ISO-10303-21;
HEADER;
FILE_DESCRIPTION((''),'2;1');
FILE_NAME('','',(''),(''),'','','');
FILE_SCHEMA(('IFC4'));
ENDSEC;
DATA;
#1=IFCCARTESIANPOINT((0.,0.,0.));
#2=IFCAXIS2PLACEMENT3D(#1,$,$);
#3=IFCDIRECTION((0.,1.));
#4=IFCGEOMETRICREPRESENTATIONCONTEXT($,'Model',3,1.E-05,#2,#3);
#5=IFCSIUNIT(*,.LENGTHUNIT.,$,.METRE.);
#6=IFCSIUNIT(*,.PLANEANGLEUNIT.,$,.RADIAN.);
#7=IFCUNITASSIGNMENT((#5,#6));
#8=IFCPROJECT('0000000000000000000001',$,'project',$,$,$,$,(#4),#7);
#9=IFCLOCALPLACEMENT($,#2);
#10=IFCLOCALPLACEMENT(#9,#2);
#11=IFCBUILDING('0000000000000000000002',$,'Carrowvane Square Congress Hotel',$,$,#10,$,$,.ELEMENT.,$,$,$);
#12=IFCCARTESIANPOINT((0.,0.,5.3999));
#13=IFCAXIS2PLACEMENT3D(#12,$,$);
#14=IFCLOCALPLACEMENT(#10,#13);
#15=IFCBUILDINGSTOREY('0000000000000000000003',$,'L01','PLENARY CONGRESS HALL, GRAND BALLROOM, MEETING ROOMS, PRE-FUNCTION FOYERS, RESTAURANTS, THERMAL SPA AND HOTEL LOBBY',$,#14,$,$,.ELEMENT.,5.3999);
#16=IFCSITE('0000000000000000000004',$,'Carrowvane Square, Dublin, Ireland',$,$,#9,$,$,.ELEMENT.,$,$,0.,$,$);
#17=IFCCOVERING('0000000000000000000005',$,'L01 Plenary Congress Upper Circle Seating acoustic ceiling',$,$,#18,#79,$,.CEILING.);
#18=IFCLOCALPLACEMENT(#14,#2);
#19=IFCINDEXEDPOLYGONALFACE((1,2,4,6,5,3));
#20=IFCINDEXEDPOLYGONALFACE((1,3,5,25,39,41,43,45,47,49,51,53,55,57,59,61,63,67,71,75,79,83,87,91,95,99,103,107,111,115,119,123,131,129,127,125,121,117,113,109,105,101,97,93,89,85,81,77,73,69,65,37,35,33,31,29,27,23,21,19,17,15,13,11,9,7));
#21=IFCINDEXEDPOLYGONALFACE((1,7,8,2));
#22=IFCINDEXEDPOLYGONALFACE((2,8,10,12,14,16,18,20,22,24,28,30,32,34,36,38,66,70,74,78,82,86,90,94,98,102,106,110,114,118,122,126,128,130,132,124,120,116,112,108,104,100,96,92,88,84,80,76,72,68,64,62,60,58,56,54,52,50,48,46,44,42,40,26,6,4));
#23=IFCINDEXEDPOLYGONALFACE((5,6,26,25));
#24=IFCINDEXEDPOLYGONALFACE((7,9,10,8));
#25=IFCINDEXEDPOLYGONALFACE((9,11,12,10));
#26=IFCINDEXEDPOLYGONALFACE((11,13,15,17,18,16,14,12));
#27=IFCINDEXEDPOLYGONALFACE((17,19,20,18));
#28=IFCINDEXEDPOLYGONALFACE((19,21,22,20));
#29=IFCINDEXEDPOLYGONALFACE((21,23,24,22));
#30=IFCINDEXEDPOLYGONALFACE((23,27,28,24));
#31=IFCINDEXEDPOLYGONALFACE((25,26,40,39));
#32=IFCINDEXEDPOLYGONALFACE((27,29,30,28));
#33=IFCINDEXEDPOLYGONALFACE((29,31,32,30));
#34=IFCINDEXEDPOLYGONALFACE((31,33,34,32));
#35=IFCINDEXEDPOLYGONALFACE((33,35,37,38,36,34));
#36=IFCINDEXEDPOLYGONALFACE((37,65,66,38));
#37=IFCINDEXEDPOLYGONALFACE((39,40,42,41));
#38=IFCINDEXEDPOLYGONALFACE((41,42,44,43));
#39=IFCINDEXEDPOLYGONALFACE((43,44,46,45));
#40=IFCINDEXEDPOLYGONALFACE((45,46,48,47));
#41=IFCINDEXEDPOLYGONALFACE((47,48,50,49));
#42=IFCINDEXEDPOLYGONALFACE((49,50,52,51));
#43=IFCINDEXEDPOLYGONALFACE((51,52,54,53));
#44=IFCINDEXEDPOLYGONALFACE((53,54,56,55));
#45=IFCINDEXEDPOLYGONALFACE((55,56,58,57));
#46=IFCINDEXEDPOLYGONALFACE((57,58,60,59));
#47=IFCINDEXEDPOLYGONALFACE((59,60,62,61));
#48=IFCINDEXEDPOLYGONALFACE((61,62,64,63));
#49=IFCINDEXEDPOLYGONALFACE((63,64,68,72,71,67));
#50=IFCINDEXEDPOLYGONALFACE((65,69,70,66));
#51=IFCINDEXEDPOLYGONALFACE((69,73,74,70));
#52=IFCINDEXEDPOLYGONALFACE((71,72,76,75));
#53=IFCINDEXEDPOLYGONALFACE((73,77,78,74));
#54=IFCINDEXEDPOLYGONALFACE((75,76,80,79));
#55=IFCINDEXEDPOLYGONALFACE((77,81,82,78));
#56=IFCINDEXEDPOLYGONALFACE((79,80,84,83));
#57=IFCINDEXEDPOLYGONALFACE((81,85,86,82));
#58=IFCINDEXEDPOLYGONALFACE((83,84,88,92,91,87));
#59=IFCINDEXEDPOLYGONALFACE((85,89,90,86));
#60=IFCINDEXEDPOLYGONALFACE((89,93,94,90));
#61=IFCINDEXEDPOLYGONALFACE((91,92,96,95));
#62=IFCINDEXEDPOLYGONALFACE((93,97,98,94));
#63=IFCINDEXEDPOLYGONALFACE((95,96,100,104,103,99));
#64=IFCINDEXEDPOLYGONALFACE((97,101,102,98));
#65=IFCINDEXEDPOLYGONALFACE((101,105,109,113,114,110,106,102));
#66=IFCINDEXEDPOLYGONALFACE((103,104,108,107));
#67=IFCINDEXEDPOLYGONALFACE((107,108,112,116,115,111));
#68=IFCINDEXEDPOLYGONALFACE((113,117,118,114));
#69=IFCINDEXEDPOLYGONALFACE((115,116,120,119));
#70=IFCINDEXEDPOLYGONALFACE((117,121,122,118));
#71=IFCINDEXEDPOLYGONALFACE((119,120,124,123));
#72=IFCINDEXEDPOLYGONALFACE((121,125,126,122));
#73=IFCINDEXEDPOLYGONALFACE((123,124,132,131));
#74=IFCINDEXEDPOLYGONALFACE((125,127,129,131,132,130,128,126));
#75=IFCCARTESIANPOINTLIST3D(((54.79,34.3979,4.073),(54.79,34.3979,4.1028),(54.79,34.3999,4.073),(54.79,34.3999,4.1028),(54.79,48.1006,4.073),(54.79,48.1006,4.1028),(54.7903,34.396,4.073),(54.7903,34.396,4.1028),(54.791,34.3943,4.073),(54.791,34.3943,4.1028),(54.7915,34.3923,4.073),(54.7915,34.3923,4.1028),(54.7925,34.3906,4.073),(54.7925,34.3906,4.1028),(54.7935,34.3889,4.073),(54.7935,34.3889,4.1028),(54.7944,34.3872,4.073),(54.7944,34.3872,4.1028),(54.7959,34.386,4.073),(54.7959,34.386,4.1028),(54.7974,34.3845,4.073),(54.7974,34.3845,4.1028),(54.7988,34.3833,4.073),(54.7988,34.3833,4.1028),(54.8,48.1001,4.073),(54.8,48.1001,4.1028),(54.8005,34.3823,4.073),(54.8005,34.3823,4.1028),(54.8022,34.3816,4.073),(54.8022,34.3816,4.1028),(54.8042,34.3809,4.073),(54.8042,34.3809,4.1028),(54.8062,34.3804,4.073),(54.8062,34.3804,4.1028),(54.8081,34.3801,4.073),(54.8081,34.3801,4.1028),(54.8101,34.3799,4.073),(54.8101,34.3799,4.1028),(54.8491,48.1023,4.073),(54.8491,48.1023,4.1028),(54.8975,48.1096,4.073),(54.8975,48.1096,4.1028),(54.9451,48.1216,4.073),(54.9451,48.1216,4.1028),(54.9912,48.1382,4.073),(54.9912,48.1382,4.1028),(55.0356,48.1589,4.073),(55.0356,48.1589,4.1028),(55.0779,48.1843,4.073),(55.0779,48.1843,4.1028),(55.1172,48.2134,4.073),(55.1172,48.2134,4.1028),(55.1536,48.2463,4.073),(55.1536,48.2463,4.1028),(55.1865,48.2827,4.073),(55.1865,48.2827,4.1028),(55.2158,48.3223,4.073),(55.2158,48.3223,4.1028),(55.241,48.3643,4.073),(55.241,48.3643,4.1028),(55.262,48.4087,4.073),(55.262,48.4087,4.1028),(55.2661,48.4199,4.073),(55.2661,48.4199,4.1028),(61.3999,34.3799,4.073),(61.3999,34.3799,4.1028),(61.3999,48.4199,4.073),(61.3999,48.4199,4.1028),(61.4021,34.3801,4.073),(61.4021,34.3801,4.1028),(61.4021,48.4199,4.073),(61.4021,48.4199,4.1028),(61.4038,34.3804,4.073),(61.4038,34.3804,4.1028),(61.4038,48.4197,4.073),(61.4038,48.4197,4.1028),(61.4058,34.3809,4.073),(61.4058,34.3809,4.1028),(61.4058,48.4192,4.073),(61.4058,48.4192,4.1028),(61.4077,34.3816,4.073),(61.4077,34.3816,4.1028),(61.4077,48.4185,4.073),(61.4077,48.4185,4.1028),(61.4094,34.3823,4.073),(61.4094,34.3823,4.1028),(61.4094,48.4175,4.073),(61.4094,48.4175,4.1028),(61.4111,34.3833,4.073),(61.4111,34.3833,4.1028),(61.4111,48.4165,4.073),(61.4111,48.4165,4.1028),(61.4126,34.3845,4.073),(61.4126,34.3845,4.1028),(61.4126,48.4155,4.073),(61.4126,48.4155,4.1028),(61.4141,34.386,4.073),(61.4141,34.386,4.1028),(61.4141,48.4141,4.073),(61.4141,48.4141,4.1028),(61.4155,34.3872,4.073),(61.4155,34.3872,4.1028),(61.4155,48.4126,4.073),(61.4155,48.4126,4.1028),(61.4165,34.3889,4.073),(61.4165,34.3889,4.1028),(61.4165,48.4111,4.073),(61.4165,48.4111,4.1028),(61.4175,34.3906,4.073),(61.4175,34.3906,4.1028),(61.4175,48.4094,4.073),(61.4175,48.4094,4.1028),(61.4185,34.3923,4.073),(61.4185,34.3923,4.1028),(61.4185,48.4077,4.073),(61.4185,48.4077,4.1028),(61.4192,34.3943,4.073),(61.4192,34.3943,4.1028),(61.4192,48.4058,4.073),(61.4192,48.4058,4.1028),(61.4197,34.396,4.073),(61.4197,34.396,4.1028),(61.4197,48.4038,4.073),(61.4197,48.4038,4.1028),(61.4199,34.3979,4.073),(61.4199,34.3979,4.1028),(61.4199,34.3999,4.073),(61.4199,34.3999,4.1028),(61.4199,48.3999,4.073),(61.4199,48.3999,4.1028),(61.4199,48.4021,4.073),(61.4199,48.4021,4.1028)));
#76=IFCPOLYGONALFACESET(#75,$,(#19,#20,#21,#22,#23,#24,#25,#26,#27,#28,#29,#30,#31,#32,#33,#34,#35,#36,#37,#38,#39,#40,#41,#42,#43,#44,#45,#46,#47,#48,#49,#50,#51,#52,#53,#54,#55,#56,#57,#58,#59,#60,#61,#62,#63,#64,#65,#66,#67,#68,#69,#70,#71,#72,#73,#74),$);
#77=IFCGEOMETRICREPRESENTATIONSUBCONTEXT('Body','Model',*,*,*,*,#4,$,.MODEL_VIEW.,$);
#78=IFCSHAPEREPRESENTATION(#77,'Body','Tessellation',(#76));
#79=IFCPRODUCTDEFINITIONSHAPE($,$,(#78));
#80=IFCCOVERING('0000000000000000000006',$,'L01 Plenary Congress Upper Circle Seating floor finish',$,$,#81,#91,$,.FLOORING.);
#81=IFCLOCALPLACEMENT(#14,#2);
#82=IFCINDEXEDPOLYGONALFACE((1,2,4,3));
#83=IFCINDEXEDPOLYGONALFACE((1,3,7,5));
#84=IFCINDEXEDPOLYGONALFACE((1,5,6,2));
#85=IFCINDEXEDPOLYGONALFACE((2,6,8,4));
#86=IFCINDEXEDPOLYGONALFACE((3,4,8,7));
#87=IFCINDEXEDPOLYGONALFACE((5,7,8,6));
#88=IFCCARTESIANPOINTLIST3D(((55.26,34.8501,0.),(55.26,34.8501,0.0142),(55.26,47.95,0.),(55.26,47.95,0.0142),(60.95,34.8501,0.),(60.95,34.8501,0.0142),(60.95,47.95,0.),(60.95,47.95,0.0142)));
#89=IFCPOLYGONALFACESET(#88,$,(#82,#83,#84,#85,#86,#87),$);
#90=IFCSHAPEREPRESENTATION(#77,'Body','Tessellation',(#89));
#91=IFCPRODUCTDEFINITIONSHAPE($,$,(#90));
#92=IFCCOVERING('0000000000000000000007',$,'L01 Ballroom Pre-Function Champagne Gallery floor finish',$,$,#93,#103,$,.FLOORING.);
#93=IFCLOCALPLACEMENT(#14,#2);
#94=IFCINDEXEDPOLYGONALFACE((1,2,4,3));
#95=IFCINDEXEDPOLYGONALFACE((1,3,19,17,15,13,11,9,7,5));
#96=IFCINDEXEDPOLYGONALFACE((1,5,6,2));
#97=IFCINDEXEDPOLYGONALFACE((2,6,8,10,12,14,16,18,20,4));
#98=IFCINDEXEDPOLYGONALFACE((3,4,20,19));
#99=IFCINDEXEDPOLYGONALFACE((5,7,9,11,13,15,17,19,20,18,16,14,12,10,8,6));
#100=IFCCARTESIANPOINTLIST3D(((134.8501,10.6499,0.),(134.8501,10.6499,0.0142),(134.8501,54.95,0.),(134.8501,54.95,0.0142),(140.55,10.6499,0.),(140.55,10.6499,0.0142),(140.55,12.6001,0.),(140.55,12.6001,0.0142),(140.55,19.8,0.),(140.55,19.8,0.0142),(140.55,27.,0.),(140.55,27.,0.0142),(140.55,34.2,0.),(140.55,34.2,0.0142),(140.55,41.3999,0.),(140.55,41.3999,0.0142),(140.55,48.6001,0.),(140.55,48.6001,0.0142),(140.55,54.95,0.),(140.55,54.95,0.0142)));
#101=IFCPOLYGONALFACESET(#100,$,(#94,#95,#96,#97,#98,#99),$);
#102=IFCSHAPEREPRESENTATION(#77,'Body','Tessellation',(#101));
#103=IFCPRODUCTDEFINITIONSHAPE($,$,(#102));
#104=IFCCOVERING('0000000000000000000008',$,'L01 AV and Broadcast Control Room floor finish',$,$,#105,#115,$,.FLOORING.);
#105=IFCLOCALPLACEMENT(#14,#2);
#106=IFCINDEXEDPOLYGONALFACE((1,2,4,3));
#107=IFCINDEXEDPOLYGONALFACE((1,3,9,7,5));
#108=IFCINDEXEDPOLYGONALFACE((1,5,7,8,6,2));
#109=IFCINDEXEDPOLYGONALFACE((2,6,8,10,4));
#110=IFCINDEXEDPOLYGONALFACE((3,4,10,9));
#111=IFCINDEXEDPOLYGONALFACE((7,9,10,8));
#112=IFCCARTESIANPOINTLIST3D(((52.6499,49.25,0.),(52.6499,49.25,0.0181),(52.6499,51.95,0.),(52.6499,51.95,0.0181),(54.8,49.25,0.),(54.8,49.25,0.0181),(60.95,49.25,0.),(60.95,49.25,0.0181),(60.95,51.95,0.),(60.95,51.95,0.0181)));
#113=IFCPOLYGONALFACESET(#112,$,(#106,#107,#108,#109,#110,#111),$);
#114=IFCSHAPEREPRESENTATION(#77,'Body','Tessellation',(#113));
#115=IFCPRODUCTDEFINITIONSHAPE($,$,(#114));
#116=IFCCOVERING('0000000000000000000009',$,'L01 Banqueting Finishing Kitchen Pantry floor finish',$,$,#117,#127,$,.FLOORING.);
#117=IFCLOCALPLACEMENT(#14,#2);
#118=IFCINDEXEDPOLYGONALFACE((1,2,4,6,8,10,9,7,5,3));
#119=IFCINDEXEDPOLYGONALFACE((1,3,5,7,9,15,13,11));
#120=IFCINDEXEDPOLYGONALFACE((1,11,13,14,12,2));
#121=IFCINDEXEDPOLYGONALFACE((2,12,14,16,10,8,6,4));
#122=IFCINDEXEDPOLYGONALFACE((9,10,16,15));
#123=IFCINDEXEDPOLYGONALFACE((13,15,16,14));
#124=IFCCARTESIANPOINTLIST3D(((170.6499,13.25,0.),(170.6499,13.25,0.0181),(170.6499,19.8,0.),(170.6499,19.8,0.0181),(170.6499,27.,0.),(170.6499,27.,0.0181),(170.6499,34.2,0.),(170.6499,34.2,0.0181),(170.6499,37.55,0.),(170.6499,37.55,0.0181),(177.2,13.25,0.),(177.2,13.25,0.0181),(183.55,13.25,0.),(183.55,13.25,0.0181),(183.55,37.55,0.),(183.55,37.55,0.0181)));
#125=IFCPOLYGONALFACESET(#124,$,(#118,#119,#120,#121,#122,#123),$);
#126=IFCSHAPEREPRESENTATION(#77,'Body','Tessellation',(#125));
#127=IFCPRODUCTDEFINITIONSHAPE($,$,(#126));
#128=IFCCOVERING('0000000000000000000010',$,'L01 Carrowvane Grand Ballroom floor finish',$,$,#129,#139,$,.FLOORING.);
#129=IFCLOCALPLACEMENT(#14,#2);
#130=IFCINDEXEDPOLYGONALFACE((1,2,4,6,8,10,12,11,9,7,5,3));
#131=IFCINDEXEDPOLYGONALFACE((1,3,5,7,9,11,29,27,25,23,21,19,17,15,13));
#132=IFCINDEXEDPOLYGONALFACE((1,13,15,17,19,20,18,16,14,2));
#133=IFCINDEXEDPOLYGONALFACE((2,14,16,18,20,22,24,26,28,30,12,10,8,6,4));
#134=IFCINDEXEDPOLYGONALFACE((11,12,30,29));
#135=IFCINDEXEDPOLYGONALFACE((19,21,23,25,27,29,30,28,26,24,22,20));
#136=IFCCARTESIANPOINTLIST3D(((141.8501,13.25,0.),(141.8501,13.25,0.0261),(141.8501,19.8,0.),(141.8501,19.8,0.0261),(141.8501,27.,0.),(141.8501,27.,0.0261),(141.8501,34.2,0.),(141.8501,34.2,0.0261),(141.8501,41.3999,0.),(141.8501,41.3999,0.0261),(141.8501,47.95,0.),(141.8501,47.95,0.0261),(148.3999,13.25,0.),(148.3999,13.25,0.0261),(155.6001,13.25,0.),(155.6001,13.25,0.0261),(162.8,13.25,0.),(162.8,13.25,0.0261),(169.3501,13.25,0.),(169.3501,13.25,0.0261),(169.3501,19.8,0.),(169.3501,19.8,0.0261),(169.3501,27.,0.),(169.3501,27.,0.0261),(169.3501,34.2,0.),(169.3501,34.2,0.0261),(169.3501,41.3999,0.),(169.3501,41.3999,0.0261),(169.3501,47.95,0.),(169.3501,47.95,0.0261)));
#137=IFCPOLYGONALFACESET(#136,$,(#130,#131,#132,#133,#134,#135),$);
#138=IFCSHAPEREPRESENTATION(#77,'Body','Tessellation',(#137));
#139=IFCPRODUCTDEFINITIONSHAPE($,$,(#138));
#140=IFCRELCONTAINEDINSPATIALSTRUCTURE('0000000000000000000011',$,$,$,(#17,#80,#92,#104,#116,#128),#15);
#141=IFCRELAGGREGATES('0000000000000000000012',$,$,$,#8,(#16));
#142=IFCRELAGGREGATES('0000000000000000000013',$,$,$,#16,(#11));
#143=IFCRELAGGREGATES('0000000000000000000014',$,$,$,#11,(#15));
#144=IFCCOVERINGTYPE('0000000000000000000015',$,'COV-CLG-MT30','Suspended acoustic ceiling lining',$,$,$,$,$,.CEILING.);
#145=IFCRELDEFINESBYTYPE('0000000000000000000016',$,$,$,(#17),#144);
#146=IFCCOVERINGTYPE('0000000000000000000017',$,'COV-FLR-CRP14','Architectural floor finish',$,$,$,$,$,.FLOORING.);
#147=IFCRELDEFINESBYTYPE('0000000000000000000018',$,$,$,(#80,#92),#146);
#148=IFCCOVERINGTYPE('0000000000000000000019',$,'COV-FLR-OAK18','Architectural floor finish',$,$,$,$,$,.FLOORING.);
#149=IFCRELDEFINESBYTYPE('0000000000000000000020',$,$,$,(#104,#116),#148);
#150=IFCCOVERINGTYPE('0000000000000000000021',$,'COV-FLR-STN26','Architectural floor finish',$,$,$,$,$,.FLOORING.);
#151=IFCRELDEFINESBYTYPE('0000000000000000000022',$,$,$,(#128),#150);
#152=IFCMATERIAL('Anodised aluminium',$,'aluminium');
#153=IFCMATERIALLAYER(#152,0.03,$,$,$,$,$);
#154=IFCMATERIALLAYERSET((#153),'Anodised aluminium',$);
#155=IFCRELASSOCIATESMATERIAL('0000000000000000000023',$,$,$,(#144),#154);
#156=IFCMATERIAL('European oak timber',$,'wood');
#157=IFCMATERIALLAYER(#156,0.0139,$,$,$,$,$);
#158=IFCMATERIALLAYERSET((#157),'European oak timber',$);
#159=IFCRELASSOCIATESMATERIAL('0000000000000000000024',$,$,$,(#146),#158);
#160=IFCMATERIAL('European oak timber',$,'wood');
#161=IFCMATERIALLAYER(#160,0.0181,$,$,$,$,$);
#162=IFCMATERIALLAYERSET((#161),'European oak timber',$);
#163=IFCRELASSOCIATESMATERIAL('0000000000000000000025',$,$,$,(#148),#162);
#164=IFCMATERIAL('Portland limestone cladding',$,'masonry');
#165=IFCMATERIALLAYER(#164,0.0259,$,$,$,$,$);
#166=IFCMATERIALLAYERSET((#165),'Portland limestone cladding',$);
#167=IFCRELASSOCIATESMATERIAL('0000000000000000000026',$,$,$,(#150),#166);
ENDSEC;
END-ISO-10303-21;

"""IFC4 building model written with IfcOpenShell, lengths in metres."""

from ifc_helpers import new_model, si_unit, direction, frame, origin, place, context, subcontext, project, spatial, polyline, outline, extrude, material, layer, layer_set, type_object, element, save


model = new_model("IFC4")

# Units and contexts
model_context = context("Model", 3, precision=1e-05, world=origin(), true_north=direction((0.0, 1.0)))
body_context = subcontext(model_context, "Body", "Model", "MODEL_VIEW")
ifc_project = project(units=[si_unit("LENGTHUNIT", "METRE"), si_unit("PLANEANGLEUNIT", "RADIAN")], contexts=[model_context])

# Site, building, storey
site_placement = place(None, origin())
site = spatial("IfcSite", under=ifc_project, at=site_placement, Name="Carrowvane Square, Dublin, Ireland", CompositionType="ELEMENT", RefElevation=0.0)
building_placement = place(site_placement, origin())
building = spatial("IfcBuilding", under=site, at=building_placement, Name="Carrowvane Square Congress Hotel", CompositionType="ELEMENT")
storey_placement = place(building_placement, frame((0.0, 0.0, 5.3999)))
storey = spatial("IfcBuildingStorey", under=building, at=storey_placement, Name="L01", Description="PLENARY CONGRESS HALL, GRAND BALLROOM, MEETING ROOMS, PRE-FUNCTION FOYERS, RESTAURANTS, THERMAL SPA AND HOTEL LOBBY", CompositionType="ELEMENT", Elevation=5.3999)

# Coverings
ifc_material_1 = material(Name="Anodised aluminium", Category="aluminium")
ifc_layer_1 = layer(ifc_material_1, 0.03)
ifc_layer_set_1 = layer_set([ifc_layer_1], Name="Anodised aluminium")
covering_type_1 = type_object("IfcCoveringType", Name="COV-CLG-MT30", Description="Suspended acoustic ceiling lining", PredefinedType="CEILING", material=ifc_layer_set_1)
covering_1_placement = place(storey_placement, frame((0.0, 0.0, 4.073)))
element("IfcCovering", 1, at=covering_1_placement, inside=storey, type_object=covering_type_1, Name="L01 Plenary Congress Upper Circle Seating acoustic ceiling", PredefinedType="CEILING", context=body_context, shape_type="SweptSolid", body=[
    extrude(outline(polyline([(61.4155, 34.3872), (61.4141, 34.386), (61.4126, 34.3845), (61.4111, 34.3833), (61.4094, 34.3823), (61.4077, 34.3816), (61.4058, 34.3809), (61.4038, 34.3804), (61.4021, 34.3801), (61.3999, 34.3799), (54.8101, 34.3799), (54.8081, 34.3801), (54.8062, 34.3804), (54.8042, 34.3809), (54.8022, 34.3816), (54.8005, 34.3823), (54.7988, 34.3833), (54.7974, 34.3845), (54.7959, 34.386), (54.7944, 34.3872), (54.7935, 34.3889), (54.7925, 34.3906), (54.7915, 34.3923), (54.791, 34.3943), (54.7903, 34.396), (54.79, 34.3979), (54.79, 34.3999), (54.79, 48.1006), (54.8, 48.1001), (54.8491, 48.1023), (54.8975, 48.1096), (54.9451, 48.1216), (54.9912, 48.1382), (55.0356, 48.1589), (55.0779, 48.1843), (55.1172, 48.2134), (55.1536, 48.2463), (55.1865, 48.2827), (55.2158, 48.3223), (55.241, 48.3643), (55.262, 48.4087), (55.2661, 48.4199), (61.3999, 48.4199), (61.4021, 48.4199), (61.4038, 48.4197), (61.4058, 48.4192), (61.4077, 48.4185), (61.4094, 48.4175), (61.4111, 48.4165), (61.4126, 48.4155), (61.4141, 48.4141), (61.4155, 48.4126), (61.4165, 48.4111), (61.4175, 48.4094), (61.4185, 48.4077), (61.4192, 48.4058), (61.4197, 48.4038), (61.4199, 48.4021), (61.4199, 48.3999), (61.4199, 34.3999), (61.4199, 34.3979), (61.4197, 34.396), (61.4192, 34.3943), (61.4185, 34.3923), (61.4175, 34.3906), (61.4165, 34.3889), (61.4155, 34.3872)])), origin(), (0.0, 0.0, 1.0), 0.0298),
])
ifc_material_2 = material(Name="European oak timber", Category="wood")
ifc_layer_2 = layer(ifc_material_2, 0.0139)
ifc_layer_set_2 = layer_set([ifc_layer_2], Name="European oak timber")
covering_type_2 = type_object("IfcCoveringType", Name="COV-FLR-CRP14", Description="Architectural floor finish", PredefinedType="FLOORING", material=ifc_layer_set_2)
covering_2_placement = place(storey_placement, origin())
element("IfcCovering", 2, at=covering_2_placement, inside=storey, type_object=covering_type_2, Name="L01 Plenary Congress Upper Circle Seating floor finish", PredefinedType="FLOORING", context=body_context, shape_type="SweptSolid", body=[
    extrude(outline(polyline([(55.26, 34.8501), (55.26, 47.95), (60.95, 47.95), (60.95, 34.8501), (55.26, 34.8501)])), origin(), (0.0, 0.0, 1.0), 0.0142),
])
covering_3_placement = place(storey_placement, origin())
element("IfcCovering", 3, at=covering_3_placement, inside=storey, type_object=covering_type_2, Name="L01 Ballroom Pre-Function Champagne Gallery floor finish", PredefinedType="FLOORING", context=body_context, shape_type="SweptSolid", body=[
    extrude(outline(polyline([(140.55, 34.2), (140.55, 27.0), (140.55, 27.0), (140.55, 27.0), (140.55, 19.8), (140.55, 19.8), (140.55, 19.8), (140.55, 12.6001), (140.55, 12.6001), (140.55, 12.6001), (140.55, 10.6499), (134.8501, 10.6499), (134.8501, 54.95), (140.55, 54.95), (140.55, 48.6001), (140.55, 48.6001), (140.55, 48.6001), (140.55, 41.3999), (140.55, 41.3999), (140.55, 41.3999), (140.55, 34.2), (140.55, 34.2), (140.55, 34.2)])), origin(), (0.0, 0.0, 1.0), 0.0142),
])
ifc_material_3 = material(Name="European oak timber", Category="wood")
ifc_layer_3 = layer(ifc_material_3, 0.0181)
ifc_layer_set_3 = layer_set([ifc_layer_3], Name="European oak timber")
covering_type_3 = type_object("IfcCoveringType", Name="COV-FLR-OAK18", Description="Architectural floor finish", PredefinedType="FLOORING", material=ifc_layer_set_3)
covering_4_placement = place(storey_placement, origin())
element("IfcCovering", 4, at=covering_4_placement, inside=storey, type_object=covering_type_3, Name="L01 AV and Broadcast Control Room floor finish", PredefinedType="FLOORING", context=body_context, shape_type="SweptSolid", body=[
    extrude(outline(polyline([(60.95, 51.95), (60.95, 49.25), (54.8, 49.25), (52.6499, 49.25), (52.6499, 51.95), (60.95, 51.95)])), origin(), (0.0, 0.0, 1.0), 0.0181),
])
covering_5_placement = place(storey_placement, origin())
element("IfcCovering", 5, at=covering_5_placement, inside=storey, type_object=covering_type_3, Name="L01 Banqueting Finishing Kitchen Pantry floor finish", PredefinedType="FLOORING", context=body_context, shape_type="SweptSolid", body=[
    extrude(outline(polyline([(170.6499, 27.0), (170.6499, 27.0), (170.6499, 27.0), (170.6499, 34.2), (170.6499, 34.2), (170.6499, 34.2), (170.6499, 37.55), (183.55, 37.55), (183.55, 13.25), (177.2, 13.25), (170.6499, 13.25), (170.6499, 19.8), (170.6499, 19.8), (170.6499, 19.8), (170.6499, 27.0)])), origin(), (0.0, 0.0, 1.0), 0.0181),
])
ifc_material_4 = material(Name="Portland limestone cladding", Category="masonry")
ifc_layer_4 = layer(ifc_material_4, 0.0259)
ifc_layer_set_4 = layer_set([ifc_layer_4], Name="Portland limestone cladding")
covering_type_4 = type_object("IfcCoveringType", Name="COV-FLR-STN26", Description="Architectural floor finish", PredefinedType="FLOORING", material=ifc_layer_set_4)
covering_6_placement = place(storey_placement, origin())
element("IfcCovering", 6, at=covering_6_placement, inside=storey, type_object=covering_type_4, Name="L01 Carrowvane Grand Ballroom floor finish", PredefinedType="FLOORING", context=body_context, shape_type="SweptSolid", body=[
    extrude(outline(polyline([(155.6001, 13.25), (148.3999, 13.25), (141.8501, 13.25), (141.8501, 19.8), (141.8501, 27.0), (141.8501, 34.2), (141.8501, 41.3999), (141.8501, 47.95), (169.3501, 47.95), (169.3501, 41.3999), (169.3501, 41.3999), (169.3501, 41.3999), (169.3501, 34.2), (169.3501, 34.2), (169.3501, 34.2), (169.3501, 27.0), (169.3501, 27.0), (169.3501, 27.0), (169.3501, 19.8), (169.3501, 19.8), (169.3501, 19.8), (169.3501, 13.25), (162.8, 13.25), (155.6001, 13.25)])), origin(), (0.0, 0.0, 1.0), 0.0261),
])

save(model, "model.ifc")
